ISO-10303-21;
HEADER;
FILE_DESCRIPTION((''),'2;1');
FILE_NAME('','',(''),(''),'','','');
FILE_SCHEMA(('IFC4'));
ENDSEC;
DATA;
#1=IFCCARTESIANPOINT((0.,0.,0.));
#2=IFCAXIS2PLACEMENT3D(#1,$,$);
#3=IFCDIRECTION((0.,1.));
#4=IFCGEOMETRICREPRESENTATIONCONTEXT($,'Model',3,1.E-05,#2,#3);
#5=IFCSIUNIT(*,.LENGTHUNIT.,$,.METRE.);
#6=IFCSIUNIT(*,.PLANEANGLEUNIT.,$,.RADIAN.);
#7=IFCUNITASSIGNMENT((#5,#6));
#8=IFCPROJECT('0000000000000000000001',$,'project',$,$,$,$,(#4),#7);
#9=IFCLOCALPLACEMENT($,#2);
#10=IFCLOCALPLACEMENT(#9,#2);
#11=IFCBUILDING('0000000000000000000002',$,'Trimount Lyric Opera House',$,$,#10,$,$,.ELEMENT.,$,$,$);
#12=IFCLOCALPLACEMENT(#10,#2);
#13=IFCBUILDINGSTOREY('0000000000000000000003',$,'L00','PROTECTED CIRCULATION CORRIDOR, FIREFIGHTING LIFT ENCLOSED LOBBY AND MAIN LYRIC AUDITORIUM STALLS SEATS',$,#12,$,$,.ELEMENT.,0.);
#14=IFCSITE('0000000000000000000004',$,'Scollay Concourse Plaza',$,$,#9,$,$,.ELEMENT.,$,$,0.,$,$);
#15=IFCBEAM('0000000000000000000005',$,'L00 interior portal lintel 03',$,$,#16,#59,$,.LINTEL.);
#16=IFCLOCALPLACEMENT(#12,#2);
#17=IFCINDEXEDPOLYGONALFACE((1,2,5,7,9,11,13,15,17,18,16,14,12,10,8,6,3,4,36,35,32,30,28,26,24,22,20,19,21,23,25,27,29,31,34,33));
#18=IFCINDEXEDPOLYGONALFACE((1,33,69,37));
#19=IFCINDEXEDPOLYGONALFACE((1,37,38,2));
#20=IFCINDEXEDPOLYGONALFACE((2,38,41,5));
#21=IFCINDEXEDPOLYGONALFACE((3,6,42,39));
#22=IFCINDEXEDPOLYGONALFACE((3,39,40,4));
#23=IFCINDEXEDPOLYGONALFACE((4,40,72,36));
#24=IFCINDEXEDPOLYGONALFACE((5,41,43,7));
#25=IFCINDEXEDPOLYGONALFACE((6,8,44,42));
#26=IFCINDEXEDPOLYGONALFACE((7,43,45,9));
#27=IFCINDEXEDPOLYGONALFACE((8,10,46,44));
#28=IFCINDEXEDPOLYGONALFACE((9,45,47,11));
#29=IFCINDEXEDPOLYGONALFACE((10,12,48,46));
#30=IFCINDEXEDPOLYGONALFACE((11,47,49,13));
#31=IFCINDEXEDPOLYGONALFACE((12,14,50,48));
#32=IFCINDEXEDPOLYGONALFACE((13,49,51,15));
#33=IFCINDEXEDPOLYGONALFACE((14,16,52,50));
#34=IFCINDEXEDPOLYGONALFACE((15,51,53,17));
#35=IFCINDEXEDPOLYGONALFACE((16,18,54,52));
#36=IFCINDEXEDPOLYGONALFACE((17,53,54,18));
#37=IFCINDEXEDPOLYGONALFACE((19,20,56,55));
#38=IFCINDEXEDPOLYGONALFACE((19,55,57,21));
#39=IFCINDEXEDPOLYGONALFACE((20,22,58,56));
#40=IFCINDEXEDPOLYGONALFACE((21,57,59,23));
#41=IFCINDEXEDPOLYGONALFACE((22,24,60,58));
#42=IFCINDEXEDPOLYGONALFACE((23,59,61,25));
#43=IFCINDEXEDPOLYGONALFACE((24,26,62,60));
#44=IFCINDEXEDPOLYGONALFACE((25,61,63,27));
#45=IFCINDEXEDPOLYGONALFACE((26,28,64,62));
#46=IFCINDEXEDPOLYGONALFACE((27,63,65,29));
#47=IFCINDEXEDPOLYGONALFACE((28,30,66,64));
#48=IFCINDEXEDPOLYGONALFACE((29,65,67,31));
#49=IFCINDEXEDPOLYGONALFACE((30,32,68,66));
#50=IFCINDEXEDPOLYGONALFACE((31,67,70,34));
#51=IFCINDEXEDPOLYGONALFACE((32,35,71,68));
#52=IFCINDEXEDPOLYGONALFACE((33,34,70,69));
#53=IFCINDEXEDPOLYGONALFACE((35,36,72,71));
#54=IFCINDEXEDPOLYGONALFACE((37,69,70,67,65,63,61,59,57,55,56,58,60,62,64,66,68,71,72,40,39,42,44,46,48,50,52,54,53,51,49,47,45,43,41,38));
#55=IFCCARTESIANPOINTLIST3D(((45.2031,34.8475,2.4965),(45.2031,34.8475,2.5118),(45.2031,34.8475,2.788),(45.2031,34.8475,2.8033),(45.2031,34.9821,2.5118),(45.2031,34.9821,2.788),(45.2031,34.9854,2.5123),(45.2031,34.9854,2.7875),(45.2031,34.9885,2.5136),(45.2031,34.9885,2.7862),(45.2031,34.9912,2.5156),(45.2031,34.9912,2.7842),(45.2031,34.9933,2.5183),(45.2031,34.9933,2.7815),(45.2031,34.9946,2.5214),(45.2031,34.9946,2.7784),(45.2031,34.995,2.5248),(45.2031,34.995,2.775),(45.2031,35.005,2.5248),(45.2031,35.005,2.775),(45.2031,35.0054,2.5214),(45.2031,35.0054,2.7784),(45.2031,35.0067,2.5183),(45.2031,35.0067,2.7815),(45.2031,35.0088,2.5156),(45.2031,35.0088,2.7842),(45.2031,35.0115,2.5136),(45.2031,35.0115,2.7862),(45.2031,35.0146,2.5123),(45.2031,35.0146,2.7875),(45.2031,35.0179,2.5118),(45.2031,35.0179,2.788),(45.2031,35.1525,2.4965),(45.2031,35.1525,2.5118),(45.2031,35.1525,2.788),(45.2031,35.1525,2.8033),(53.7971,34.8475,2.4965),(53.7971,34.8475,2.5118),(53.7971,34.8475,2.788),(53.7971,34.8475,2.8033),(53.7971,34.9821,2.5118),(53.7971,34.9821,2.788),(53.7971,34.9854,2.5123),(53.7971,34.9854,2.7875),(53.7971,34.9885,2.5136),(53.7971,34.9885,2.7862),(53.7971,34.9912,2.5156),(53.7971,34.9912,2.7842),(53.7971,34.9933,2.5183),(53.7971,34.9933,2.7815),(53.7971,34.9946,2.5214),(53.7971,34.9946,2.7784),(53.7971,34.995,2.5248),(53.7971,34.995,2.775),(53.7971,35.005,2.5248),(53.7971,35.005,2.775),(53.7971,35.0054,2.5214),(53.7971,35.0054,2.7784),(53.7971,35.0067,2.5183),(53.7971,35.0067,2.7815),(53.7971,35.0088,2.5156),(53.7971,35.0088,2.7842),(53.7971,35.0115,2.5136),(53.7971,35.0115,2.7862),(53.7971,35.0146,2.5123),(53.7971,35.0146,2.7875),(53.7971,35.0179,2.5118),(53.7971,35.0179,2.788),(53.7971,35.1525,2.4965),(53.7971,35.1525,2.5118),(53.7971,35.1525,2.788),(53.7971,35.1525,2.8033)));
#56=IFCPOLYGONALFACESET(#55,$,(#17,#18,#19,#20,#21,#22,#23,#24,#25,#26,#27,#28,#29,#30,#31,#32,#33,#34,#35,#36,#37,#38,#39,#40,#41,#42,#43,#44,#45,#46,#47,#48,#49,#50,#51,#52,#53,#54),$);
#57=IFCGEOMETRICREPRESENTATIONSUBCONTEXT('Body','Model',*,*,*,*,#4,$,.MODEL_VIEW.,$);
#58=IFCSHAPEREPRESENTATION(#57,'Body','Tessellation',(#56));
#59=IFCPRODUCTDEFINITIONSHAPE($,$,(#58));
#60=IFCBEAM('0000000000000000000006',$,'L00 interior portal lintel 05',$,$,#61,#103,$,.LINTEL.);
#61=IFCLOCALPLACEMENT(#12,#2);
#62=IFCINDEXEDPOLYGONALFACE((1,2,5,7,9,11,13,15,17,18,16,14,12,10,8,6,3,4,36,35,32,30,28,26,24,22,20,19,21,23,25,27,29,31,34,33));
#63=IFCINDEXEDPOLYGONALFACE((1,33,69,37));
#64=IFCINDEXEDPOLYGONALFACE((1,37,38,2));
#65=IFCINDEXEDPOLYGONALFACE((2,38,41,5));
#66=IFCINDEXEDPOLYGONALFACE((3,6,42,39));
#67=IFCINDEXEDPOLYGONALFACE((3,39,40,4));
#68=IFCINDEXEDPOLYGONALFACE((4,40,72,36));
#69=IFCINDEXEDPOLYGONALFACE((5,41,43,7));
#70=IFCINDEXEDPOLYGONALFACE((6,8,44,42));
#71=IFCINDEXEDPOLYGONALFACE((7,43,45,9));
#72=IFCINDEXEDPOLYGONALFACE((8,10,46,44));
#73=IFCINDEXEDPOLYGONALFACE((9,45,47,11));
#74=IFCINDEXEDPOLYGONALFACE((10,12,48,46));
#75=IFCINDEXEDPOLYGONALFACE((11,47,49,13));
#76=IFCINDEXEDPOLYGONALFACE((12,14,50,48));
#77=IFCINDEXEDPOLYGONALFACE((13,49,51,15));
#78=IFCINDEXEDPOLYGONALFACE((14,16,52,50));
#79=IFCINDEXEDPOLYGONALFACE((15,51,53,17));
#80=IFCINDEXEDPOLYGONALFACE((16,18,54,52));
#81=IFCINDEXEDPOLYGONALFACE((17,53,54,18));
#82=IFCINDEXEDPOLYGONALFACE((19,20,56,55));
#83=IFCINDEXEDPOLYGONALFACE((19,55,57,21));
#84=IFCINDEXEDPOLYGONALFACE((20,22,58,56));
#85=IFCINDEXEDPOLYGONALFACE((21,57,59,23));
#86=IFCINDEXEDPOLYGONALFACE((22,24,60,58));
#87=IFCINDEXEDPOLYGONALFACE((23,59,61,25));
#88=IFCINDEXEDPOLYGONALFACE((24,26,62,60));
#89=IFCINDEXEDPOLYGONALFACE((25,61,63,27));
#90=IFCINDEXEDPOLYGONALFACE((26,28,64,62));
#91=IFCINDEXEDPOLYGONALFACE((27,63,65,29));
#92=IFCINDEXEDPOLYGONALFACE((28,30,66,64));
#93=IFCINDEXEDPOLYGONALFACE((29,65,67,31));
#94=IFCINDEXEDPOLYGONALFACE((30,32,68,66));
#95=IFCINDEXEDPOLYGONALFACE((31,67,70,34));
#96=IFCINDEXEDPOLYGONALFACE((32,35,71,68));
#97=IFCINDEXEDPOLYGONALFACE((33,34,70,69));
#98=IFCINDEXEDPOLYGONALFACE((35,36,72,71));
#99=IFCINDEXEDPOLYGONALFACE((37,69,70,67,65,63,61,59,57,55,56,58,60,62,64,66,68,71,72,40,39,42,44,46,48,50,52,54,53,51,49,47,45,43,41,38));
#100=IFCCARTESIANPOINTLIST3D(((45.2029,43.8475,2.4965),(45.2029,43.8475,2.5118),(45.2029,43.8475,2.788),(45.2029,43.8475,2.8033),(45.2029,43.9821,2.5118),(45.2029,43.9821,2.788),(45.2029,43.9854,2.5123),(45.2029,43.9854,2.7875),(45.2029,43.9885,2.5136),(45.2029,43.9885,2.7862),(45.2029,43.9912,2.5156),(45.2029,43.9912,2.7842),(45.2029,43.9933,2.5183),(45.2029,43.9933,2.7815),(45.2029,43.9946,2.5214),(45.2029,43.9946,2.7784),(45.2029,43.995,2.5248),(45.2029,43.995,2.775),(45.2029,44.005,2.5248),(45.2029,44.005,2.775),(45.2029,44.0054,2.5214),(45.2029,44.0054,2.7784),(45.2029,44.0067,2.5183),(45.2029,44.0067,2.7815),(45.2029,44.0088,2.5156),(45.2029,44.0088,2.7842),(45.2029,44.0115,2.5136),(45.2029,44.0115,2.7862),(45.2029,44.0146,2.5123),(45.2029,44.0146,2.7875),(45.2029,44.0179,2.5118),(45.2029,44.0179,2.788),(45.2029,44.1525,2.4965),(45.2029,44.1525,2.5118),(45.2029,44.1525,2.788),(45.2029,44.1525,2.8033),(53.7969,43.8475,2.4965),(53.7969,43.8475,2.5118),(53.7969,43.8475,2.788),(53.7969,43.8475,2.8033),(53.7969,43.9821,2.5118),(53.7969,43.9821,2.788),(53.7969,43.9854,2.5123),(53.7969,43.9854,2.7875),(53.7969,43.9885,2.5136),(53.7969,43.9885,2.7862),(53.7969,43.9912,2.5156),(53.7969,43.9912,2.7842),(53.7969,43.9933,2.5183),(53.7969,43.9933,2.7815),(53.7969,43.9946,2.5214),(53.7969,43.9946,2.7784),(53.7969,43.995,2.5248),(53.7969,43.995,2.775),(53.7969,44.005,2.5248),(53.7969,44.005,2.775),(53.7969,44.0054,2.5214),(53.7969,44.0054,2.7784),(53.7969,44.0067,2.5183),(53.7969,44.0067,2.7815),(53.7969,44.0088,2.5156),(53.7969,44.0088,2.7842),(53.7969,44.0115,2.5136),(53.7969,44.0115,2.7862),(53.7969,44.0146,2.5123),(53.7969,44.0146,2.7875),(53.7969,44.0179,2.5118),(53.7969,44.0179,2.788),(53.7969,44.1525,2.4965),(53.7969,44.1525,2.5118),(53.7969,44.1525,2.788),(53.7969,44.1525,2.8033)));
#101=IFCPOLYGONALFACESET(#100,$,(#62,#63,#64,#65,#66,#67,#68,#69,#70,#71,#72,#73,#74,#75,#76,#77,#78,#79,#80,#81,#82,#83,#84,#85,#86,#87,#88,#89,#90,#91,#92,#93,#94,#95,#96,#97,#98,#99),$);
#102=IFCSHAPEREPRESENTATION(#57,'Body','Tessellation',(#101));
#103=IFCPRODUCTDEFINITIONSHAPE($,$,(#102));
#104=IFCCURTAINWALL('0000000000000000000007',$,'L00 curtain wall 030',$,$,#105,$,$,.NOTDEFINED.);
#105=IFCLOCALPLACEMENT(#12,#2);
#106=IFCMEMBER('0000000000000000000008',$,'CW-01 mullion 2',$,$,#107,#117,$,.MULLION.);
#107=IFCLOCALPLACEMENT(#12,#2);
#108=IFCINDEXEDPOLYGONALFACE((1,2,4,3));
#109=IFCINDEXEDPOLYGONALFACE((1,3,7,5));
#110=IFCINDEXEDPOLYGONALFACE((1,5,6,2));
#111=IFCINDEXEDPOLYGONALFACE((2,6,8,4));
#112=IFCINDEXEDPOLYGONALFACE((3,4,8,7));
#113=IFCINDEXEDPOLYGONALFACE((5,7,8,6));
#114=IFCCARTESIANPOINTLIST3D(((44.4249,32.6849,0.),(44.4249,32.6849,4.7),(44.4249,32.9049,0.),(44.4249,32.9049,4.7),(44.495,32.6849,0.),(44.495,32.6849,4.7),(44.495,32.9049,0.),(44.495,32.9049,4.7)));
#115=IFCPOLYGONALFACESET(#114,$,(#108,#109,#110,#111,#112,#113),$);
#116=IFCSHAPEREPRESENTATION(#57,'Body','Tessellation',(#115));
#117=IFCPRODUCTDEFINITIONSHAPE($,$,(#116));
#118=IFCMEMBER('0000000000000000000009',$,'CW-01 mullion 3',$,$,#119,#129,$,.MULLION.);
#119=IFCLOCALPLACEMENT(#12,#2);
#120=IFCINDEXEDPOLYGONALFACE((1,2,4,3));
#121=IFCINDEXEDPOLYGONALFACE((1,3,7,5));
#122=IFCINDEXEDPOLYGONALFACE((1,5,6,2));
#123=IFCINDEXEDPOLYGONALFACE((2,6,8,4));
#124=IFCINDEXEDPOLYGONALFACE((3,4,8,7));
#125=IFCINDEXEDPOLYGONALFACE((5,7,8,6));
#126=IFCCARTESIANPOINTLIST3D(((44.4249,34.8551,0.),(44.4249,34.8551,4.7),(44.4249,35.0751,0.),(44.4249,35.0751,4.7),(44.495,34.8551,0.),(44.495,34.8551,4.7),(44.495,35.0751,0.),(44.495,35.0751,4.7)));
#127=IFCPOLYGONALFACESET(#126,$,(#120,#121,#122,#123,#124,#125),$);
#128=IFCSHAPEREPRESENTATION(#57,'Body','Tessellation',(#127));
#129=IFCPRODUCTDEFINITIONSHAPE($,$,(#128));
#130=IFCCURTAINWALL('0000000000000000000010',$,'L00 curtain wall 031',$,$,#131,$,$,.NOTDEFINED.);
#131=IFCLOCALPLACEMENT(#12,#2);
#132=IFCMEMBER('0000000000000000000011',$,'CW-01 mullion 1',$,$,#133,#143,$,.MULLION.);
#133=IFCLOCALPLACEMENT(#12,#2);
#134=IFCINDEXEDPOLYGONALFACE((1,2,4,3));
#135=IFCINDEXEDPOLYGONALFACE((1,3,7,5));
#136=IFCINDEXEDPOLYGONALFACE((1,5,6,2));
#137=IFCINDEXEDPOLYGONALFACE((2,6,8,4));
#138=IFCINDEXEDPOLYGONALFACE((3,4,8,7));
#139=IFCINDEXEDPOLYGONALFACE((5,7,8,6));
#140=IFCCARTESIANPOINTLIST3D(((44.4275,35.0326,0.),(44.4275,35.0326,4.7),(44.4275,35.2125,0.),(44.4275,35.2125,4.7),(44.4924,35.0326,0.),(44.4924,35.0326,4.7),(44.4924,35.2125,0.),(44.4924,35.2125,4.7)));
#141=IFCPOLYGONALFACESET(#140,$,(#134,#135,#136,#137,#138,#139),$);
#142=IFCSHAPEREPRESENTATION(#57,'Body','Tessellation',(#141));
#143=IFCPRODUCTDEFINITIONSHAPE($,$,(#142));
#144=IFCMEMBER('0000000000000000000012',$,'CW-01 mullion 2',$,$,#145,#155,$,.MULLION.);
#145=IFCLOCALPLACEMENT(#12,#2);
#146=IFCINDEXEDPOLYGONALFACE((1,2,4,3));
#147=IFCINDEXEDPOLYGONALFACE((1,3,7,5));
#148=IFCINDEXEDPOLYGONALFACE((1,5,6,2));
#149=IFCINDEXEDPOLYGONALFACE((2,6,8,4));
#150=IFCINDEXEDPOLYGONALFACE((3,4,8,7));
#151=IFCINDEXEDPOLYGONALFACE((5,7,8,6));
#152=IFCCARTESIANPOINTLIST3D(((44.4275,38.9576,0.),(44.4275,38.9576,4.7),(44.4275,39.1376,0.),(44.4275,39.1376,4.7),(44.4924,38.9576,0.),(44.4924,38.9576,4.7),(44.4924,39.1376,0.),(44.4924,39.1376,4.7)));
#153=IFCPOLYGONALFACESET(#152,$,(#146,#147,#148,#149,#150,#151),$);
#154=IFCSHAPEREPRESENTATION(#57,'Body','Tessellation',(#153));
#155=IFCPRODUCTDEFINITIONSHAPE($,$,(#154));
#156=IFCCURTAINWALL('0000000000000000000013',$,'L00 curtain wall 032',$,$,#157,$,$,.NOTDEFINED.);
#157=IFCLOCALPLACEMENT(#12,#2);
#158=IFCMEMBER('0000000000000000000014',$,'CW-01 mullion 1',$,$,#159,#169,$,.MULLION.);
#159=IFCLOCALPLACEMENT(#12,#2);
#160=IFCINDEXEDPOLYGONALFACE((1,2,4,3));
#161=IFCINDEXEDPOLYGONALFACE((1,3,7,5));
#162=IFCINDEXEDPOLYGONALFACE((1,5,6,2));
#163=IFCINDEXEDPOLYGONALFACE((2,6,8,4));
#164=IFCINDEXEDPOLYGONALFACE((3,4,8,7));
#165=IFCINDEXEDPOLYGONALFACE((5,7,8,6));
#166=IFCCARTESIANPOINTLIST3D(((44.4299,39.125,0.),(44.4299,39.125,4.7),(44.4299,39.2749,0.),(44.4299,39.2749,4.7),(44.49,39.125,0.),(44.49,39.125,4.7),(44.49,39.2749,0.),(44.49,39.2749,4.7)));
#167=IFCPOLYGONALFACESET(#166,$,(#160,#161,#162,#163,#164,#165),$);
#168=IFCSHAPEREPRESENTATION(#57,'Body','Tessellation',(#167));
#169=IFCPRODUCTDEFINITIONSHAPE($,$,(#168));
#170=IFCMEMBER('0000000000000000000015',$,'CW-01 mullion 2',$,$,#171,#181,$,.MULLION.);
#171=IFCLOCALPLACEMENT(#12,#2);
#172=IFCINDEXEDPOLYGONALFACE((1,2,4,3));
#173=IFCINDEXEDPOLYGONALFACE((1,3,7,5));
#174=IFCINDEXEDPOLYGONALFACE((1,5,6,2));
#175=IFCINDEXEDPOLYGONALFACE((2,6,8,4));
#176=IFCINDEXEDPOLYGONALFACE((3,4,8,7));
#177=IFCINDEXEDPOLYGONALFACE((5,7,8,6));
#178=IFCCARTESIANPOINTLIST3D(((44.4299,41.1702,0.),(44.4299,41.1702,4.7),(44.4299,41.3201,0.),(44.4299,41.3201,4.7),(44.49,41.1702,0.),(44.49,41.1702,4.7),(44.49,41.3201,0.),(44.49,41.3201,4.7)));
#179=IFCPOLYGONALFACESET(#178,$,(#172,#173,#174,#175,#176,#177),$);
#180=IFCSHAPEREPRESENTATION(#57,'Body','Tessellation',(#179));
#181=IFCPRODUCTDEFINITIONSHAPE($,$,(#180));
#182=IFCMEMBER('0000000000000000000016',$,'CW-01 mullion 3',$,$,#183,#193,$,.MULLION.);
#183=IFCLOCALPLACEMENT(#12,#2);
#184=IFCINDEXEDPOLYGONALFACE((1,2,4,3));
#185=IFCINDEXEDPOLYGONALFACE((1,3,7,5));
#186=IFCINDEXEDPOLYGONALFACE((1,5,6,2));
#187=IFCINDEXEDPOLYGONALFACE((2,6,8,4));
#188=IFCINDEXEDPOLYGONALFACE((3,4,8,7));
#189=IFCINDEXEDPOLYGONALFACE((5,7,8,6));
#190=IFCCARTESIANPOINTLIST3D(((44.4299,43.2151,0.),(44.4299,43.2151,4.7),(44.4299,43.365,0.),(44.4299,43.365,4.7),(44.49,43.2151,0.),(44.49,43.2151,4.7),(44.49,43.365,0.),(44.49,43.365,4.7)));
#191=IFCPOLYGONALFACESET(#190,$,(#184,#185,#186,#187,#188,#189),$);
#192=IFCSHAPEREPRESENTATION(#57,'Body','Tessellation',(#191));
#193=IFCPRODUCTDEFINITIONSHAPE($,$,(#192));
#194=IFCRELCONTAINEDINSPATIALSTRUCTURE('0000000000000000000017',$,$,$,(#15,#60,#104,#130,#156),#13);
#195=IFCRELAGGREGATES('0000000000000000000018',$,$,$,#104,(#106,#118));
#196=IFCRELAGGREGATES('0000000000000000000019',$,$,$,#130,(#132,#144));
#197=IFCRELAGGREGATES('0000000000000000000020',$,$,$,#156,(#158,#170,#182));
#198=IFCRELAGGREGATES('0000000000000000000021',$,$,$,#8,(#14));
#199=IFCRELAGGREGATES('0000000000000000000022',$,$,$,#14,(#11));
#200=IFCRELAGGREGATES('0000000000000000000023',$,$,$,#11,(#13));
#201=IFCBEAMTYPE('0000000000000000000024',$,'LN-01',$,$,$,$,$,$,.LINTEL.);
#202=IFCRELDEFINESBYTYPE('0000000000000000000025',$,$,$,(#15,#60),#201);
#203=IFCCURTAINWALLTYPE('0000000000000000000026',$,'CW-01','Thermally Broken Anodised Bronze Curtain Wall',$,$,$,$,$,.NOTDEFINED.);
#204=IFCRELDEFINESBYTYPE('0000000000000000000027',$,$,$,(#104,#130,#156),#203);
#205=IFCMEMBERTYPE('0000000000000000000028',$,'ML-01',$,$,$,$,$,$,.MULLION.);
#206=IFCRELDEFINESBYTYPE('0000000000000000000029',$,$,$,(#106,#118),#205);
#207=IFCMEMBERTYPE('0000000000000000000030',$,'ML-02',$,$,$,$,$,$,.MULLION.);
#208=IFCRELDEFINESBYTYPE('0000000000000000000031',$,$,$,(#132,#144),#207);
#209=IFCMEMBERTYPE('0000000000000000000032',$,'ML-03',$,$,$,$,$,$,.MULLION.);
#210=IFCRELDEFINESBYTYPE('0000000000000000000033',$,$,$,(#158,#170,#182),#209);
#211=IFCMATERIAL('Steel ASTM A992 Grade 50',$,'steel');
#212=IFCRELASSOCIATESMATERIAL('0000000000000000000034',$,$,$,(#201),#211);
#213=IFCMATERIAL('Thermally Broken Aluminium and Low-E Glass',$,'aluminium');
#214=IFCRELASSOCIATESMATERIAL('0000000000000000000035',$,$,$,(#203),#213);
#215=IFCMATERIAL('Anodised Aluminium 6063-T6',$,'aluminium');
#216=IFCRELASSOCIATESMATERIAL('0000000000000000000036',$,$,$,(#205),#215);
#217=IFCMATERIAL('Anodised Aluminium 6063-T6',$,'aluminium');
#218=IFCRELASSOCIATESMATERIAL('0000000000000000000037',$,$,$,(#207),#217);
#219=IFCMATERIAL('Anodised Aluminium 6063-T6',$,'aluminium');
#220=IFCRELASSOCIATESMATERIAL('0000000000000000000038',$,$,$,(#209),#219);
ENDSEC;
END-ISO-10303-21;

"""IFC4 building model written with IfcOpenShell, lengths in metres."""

from ifc_helpers import new_model, si_unit, direction, frame, origin, origin_2d, place, context, subcontext, project, spatial, rectangle, i_section, extrude, material, material_profile, profile_set, type_object, element, aggregate, save


model = new_model("IFC4")

# Units and contexts
model_context = context("Model", 3, precision=1e-05, world=origin(), true_north=direction((0.0, 1.0)))
body_context = subcontext(model_context, "Body", "Model", "MODEL_VIEW")
ifc_project = project(units=[si_unit("LENGTHUNIT", "METRE"), si_unit("PLANEANGLEUNIT", "RADIAN")], contexts=[model_context])

# Site, building, storey
site_placement = place(None, origin())
site = spatial("IfcSite", under=ifc_project, at=site_placement, Name="Scollay Concourse Plaza", CompositionType="ELEMENT", RefElevation=0.0)
building_placement = place(site_placement, origin())
building = spatial("IfcBuilding", under=site, at=building_placement, Name="Trimount Lyric Opera House", CompositionType="ELEMENT")
storey_placement = place(building_placement, origin())
storey = spatial("IfcBuildingStorey", under=building, at=storey_placement, Name="L00", Description="PROTECTED CIRCULATION CORRIDOR, FIREFIGHTING LIFT ENCLOSED LOBBY AND MAIN LYRIC AUDITORIUM STALLS SEATS", CompositionType="ELEMENT", Elevation=0.0)

# Beams
ifc_material_1 = material(Name="Steel ASTM A992 Grade 50", Category="steel")
ifc_material_profile_1 = material_profile(ifc_material_1, i_section(OverallWidth=0.3049, OverallDepth=0.3069, WebThickness=0.01, FlangeThickness=0.0154, FilletRadius=0.0129, at=origin_2d()), Name="W12X65")
ifc_profile_set_1 = profile_set([ifc_material_profile_1], Name="Steel ASTM A992 Grade 50")
beam_type_1 = type_object("IfcBeamType", Name="LN-01", PredefinedType="LINTEL", material=ifc_profile_set_1)
for number, where, z_axis, x_axis, name in (
    (1, (45.2031, 35.0, 2.6499), (1.0, 0.0, 0.0), (0.0, 1.0, 0.0), "L00 interior portal lintel 03"),
    (2, (45.2029, 44.0, 2.6499), (1.0, 0.0, 0.0), (0.0, 1.0, 0.0), "L00 interior portal lintel 05"),
):
    element("IfcBeam", number, at=place(storey_placement, frame(where, z_axis=z_axis, x_axis=x_axis)), inside=storey, type_object=beam_type_1, Name=name, PredefinedType="LINTEL", context=body_context, shape_type="SweptSolid", body=[
        extrude(i_section(OverallWidth=0.3049, OverallDepth=0.3069, WebThickness=0.01, FlangeThickness=0.0154, FilletRadius=0.0129, at=origin_2d()), origin(), (0.0, 0.0, 1.0), 8.594),
    ])

# Curtain walls, members
ifc_material_2 = material(Name="Thermally Broken Aluminium and Low-E Glass", Category="aluminium")
curtain_wall_type = type_object("IfcCurtainWallType", Name="CW-01", Description="Thermally Broken Anodised Bronze Curtain Wall", PredefinedType="NOTDEFINED", material=ifc_material_2)
curtain_wall_1_placement = place(storey_placement, origin())
curtain_wall_1 = element("IfcCurtainWall", 3, at=curtain_wall_1_placement, inside=storey, type_object=curtain_wall_type, Name="L00 curtain wall 030", PredefinedType="NOTDEFINED")
ifc_material_3 = material(Name="Anodised Aluminium 6063-T6", Category="aluminium")
ifc_material_profile_2 = material_profile(ifc_material_3, rectangle(XDim=0.0701, YDim=0.22, at=origin_2d()), Name="ALU-MULL-70X220")
ifc_profile_set_2 = profile_set([ifc_material_profile_2], Name="Anodised Aluminium 6063-T6")
member_type_1 = type_object("IfcMemberType", Name="ML-01", PredefinedType="MULLION", material=ifc_profile_set_2)
member_1_placement = place(storey_placement, frame((44.46, 32.7949, 0.0), z_axis=(0.0, 0.0, 1.0), x_axis=(-1.0, 0.0, 0.0)))
member_1 = element("IfcMember", 4, at=member_1_placement, type_object=member_type_1, Name="CW-01 mullion 2", PredefinedType="MULLION", context=body_context, shape_type="SweptSolid", body=[
    extrude(rectangle(XDim=0.0701, YDim=0.22, at=origin_2d()), origin(), (0.0, 0.0, 1.0), 4.7),
])
member_2_placement = place(storey_placement, frame((44.46, 34.9651, 0.0), z_axis=(0.0, 0.0, 1.0), x_axis=(-1.0, 0.0, 0.0)))
member_2 = element("IfcMember", 5, at=member_2_placement, type_object=member_type_1, Name="CW-01 mullion 3", PredefinedType="MULLION", context=body_context, shape_type="SweptSolid", body=[
    extrude(rectangle(XDim=0.0701, YDim=0.22, at=origin_2d()), origin(), (0.0, 0.0, 1.0), 4.7),
])
curtain_wall_2_placement = place(storey_placement, origin())
curtain_wall_2 = element("IfcCurtainWall", 6, at=curtain_wall_2_placement, inside=storey, type_object=curtain_wall_type, Name="L00 curtain wall 031", PredefinedType="NOTDEFINED")
ifc_material_4 = material(Name="Anodised Aluminium 6063-T6", Category="aluminium")
ifc_material_profile_3 = material_profile(ifc_material_4, rectangle(XDim=0.0649, YDim=0.1799, at=origin_2d()), Name="ALU-MULL-65X180")
ifc_profile_set_3 = profile_set([ifc_material_profile_3], Name="Anodised Aluminium 6063-T6")
member_type_2 = type_object("IfcMemberType", Name="ML-02", PredefinedType="MULLION", material=ifc_profile_set_3)
member_3_placement = place(storey_placement, frame((44.46, 35.1226, 0.0), z_axis=(0.0, 0.0, 1.0), x_axis=(-1.0, 0.0, 0.0)))
member_3 = element("IfcMember", 7, at=member_3_placement, type_object=member_type_2, Name="CW-01 mullion 1", PredefinedType="MULLION", context=body_context, shape_type="SweptSolid", body=[
    extrude(rectangle(XDim=0.0649, YDim=0.1799, at=origin_2d()), origin(), (0.0, 0.0, 1.0), 4.7),
])
member_4_placement = place(storey_placement, frame((44.46, 39.0476, 0.0), z_axis=(0.0, 0.0, 1.0), x_axis=(-1.0, 0.0, 0.0)))
member_4 = element("IfcMember", 8, at=member_4_placement, type_object=member_type_2, Name="CW-01 mullion 2", PredefinedType="MULLION", context=body_context, shape_type="SweptSolid", body=[
    extrude(rectangle(XDim=0.0649, YDim=0.1799, at=origin_2d()), origin(), (0.0, 0.0, 1.0), 4.7),
])
curtain_wall_3_placement = place(storey_placement, origin())
curtain_wall_3 = element("IfcCurtainWall", 9, at=curtain_wall_3_placement, inside=storey, type_object=curtain_wall_type, Name="L00 curtain wall 032", PredefinedType="NOTDEFINED")
ifc_material_5 = material(Name="Anodised Aluminium 6063-T6", Category="aluminium")
ifc_material_profile_4 = material_profile(ifc_material_5, rectangle(XDim=0.0601, YDim=0.1499, at=origin_2d()), Name="ALU-MULL-60X150")
ifc_profile_set_4 = profile_set([ifc_material_profile_4], Name="Anodised Aluminium 6063-T6")
member_type_3 = type_object("IfcMemberType", Name="ML-03", PredefinedType="MULLION", material=ifc_profile_set_4)
member_5_placement = place(storey_placement, frame((44.46, 39.2, 0.0), z_axis=(0.0, 0.0, 1.0), x_axis=(-1.0, 0.0, 0.0)))
member_5 = element("IfcMember", 10, at=member_5_placement, type_object=member_type_3, Name="CW-01 mullion 1", PredefinedType="MULLION", context=body_context, shape_type="SweptSolid", body=[
    extrude(rectangle(XDim=0.0601, YDim=0.1499, at=origin_2d()), origin(), (0.0, 0.0, 1.0), 4.7),
])
member_6_placement = place(storey_placement, frame((44.46, 41.2451, 0.0), z_axis=(0.0, 0.0, 1.0), x_axis=(-1.0, 0.0, 0.0)))
member_6 = element("IfcMember", 11, at=member_6_placement, type_object=member_type_3, Name="CW-01 mullion 2", PredefinedType="MULLION", context=body_context, shape_type="SweptSolid", body=[
    extrude(rectangle(XDim=0.0601, YDim=0.1499, at=origin_2d()), origin(), (0.0, 0.0, 1.0), 4.7),
])
member_7_placement = place(storey_placement, frame((44.46, 43.29, 0.0), z_axis=(0.0, 0.0, 1.0), x_axis=(-1.0, 0.0, 0.0)))
member_7 = element("IfcMember", 12, at=member_7_placement, type_object=member_type_3, Name="CW-01 mullion 3", PredefinedType="MULLION", context=body_context, shape_type="SweptSolid", body=[
    extrude(rectangle(XDim=0.0601, YDim=0.1499, at=origin_2d()), origin(), (0.0, 0.0, 1.0), 4.7),
])

aggregate(curtain_wall_1, [member_1, member_2])
aggregate(curtain_wall_2, [member_3, member_4])
aggregate(curtain_wall_3, [member_5, member_6, member_7])

save(model, "model.ifc")
